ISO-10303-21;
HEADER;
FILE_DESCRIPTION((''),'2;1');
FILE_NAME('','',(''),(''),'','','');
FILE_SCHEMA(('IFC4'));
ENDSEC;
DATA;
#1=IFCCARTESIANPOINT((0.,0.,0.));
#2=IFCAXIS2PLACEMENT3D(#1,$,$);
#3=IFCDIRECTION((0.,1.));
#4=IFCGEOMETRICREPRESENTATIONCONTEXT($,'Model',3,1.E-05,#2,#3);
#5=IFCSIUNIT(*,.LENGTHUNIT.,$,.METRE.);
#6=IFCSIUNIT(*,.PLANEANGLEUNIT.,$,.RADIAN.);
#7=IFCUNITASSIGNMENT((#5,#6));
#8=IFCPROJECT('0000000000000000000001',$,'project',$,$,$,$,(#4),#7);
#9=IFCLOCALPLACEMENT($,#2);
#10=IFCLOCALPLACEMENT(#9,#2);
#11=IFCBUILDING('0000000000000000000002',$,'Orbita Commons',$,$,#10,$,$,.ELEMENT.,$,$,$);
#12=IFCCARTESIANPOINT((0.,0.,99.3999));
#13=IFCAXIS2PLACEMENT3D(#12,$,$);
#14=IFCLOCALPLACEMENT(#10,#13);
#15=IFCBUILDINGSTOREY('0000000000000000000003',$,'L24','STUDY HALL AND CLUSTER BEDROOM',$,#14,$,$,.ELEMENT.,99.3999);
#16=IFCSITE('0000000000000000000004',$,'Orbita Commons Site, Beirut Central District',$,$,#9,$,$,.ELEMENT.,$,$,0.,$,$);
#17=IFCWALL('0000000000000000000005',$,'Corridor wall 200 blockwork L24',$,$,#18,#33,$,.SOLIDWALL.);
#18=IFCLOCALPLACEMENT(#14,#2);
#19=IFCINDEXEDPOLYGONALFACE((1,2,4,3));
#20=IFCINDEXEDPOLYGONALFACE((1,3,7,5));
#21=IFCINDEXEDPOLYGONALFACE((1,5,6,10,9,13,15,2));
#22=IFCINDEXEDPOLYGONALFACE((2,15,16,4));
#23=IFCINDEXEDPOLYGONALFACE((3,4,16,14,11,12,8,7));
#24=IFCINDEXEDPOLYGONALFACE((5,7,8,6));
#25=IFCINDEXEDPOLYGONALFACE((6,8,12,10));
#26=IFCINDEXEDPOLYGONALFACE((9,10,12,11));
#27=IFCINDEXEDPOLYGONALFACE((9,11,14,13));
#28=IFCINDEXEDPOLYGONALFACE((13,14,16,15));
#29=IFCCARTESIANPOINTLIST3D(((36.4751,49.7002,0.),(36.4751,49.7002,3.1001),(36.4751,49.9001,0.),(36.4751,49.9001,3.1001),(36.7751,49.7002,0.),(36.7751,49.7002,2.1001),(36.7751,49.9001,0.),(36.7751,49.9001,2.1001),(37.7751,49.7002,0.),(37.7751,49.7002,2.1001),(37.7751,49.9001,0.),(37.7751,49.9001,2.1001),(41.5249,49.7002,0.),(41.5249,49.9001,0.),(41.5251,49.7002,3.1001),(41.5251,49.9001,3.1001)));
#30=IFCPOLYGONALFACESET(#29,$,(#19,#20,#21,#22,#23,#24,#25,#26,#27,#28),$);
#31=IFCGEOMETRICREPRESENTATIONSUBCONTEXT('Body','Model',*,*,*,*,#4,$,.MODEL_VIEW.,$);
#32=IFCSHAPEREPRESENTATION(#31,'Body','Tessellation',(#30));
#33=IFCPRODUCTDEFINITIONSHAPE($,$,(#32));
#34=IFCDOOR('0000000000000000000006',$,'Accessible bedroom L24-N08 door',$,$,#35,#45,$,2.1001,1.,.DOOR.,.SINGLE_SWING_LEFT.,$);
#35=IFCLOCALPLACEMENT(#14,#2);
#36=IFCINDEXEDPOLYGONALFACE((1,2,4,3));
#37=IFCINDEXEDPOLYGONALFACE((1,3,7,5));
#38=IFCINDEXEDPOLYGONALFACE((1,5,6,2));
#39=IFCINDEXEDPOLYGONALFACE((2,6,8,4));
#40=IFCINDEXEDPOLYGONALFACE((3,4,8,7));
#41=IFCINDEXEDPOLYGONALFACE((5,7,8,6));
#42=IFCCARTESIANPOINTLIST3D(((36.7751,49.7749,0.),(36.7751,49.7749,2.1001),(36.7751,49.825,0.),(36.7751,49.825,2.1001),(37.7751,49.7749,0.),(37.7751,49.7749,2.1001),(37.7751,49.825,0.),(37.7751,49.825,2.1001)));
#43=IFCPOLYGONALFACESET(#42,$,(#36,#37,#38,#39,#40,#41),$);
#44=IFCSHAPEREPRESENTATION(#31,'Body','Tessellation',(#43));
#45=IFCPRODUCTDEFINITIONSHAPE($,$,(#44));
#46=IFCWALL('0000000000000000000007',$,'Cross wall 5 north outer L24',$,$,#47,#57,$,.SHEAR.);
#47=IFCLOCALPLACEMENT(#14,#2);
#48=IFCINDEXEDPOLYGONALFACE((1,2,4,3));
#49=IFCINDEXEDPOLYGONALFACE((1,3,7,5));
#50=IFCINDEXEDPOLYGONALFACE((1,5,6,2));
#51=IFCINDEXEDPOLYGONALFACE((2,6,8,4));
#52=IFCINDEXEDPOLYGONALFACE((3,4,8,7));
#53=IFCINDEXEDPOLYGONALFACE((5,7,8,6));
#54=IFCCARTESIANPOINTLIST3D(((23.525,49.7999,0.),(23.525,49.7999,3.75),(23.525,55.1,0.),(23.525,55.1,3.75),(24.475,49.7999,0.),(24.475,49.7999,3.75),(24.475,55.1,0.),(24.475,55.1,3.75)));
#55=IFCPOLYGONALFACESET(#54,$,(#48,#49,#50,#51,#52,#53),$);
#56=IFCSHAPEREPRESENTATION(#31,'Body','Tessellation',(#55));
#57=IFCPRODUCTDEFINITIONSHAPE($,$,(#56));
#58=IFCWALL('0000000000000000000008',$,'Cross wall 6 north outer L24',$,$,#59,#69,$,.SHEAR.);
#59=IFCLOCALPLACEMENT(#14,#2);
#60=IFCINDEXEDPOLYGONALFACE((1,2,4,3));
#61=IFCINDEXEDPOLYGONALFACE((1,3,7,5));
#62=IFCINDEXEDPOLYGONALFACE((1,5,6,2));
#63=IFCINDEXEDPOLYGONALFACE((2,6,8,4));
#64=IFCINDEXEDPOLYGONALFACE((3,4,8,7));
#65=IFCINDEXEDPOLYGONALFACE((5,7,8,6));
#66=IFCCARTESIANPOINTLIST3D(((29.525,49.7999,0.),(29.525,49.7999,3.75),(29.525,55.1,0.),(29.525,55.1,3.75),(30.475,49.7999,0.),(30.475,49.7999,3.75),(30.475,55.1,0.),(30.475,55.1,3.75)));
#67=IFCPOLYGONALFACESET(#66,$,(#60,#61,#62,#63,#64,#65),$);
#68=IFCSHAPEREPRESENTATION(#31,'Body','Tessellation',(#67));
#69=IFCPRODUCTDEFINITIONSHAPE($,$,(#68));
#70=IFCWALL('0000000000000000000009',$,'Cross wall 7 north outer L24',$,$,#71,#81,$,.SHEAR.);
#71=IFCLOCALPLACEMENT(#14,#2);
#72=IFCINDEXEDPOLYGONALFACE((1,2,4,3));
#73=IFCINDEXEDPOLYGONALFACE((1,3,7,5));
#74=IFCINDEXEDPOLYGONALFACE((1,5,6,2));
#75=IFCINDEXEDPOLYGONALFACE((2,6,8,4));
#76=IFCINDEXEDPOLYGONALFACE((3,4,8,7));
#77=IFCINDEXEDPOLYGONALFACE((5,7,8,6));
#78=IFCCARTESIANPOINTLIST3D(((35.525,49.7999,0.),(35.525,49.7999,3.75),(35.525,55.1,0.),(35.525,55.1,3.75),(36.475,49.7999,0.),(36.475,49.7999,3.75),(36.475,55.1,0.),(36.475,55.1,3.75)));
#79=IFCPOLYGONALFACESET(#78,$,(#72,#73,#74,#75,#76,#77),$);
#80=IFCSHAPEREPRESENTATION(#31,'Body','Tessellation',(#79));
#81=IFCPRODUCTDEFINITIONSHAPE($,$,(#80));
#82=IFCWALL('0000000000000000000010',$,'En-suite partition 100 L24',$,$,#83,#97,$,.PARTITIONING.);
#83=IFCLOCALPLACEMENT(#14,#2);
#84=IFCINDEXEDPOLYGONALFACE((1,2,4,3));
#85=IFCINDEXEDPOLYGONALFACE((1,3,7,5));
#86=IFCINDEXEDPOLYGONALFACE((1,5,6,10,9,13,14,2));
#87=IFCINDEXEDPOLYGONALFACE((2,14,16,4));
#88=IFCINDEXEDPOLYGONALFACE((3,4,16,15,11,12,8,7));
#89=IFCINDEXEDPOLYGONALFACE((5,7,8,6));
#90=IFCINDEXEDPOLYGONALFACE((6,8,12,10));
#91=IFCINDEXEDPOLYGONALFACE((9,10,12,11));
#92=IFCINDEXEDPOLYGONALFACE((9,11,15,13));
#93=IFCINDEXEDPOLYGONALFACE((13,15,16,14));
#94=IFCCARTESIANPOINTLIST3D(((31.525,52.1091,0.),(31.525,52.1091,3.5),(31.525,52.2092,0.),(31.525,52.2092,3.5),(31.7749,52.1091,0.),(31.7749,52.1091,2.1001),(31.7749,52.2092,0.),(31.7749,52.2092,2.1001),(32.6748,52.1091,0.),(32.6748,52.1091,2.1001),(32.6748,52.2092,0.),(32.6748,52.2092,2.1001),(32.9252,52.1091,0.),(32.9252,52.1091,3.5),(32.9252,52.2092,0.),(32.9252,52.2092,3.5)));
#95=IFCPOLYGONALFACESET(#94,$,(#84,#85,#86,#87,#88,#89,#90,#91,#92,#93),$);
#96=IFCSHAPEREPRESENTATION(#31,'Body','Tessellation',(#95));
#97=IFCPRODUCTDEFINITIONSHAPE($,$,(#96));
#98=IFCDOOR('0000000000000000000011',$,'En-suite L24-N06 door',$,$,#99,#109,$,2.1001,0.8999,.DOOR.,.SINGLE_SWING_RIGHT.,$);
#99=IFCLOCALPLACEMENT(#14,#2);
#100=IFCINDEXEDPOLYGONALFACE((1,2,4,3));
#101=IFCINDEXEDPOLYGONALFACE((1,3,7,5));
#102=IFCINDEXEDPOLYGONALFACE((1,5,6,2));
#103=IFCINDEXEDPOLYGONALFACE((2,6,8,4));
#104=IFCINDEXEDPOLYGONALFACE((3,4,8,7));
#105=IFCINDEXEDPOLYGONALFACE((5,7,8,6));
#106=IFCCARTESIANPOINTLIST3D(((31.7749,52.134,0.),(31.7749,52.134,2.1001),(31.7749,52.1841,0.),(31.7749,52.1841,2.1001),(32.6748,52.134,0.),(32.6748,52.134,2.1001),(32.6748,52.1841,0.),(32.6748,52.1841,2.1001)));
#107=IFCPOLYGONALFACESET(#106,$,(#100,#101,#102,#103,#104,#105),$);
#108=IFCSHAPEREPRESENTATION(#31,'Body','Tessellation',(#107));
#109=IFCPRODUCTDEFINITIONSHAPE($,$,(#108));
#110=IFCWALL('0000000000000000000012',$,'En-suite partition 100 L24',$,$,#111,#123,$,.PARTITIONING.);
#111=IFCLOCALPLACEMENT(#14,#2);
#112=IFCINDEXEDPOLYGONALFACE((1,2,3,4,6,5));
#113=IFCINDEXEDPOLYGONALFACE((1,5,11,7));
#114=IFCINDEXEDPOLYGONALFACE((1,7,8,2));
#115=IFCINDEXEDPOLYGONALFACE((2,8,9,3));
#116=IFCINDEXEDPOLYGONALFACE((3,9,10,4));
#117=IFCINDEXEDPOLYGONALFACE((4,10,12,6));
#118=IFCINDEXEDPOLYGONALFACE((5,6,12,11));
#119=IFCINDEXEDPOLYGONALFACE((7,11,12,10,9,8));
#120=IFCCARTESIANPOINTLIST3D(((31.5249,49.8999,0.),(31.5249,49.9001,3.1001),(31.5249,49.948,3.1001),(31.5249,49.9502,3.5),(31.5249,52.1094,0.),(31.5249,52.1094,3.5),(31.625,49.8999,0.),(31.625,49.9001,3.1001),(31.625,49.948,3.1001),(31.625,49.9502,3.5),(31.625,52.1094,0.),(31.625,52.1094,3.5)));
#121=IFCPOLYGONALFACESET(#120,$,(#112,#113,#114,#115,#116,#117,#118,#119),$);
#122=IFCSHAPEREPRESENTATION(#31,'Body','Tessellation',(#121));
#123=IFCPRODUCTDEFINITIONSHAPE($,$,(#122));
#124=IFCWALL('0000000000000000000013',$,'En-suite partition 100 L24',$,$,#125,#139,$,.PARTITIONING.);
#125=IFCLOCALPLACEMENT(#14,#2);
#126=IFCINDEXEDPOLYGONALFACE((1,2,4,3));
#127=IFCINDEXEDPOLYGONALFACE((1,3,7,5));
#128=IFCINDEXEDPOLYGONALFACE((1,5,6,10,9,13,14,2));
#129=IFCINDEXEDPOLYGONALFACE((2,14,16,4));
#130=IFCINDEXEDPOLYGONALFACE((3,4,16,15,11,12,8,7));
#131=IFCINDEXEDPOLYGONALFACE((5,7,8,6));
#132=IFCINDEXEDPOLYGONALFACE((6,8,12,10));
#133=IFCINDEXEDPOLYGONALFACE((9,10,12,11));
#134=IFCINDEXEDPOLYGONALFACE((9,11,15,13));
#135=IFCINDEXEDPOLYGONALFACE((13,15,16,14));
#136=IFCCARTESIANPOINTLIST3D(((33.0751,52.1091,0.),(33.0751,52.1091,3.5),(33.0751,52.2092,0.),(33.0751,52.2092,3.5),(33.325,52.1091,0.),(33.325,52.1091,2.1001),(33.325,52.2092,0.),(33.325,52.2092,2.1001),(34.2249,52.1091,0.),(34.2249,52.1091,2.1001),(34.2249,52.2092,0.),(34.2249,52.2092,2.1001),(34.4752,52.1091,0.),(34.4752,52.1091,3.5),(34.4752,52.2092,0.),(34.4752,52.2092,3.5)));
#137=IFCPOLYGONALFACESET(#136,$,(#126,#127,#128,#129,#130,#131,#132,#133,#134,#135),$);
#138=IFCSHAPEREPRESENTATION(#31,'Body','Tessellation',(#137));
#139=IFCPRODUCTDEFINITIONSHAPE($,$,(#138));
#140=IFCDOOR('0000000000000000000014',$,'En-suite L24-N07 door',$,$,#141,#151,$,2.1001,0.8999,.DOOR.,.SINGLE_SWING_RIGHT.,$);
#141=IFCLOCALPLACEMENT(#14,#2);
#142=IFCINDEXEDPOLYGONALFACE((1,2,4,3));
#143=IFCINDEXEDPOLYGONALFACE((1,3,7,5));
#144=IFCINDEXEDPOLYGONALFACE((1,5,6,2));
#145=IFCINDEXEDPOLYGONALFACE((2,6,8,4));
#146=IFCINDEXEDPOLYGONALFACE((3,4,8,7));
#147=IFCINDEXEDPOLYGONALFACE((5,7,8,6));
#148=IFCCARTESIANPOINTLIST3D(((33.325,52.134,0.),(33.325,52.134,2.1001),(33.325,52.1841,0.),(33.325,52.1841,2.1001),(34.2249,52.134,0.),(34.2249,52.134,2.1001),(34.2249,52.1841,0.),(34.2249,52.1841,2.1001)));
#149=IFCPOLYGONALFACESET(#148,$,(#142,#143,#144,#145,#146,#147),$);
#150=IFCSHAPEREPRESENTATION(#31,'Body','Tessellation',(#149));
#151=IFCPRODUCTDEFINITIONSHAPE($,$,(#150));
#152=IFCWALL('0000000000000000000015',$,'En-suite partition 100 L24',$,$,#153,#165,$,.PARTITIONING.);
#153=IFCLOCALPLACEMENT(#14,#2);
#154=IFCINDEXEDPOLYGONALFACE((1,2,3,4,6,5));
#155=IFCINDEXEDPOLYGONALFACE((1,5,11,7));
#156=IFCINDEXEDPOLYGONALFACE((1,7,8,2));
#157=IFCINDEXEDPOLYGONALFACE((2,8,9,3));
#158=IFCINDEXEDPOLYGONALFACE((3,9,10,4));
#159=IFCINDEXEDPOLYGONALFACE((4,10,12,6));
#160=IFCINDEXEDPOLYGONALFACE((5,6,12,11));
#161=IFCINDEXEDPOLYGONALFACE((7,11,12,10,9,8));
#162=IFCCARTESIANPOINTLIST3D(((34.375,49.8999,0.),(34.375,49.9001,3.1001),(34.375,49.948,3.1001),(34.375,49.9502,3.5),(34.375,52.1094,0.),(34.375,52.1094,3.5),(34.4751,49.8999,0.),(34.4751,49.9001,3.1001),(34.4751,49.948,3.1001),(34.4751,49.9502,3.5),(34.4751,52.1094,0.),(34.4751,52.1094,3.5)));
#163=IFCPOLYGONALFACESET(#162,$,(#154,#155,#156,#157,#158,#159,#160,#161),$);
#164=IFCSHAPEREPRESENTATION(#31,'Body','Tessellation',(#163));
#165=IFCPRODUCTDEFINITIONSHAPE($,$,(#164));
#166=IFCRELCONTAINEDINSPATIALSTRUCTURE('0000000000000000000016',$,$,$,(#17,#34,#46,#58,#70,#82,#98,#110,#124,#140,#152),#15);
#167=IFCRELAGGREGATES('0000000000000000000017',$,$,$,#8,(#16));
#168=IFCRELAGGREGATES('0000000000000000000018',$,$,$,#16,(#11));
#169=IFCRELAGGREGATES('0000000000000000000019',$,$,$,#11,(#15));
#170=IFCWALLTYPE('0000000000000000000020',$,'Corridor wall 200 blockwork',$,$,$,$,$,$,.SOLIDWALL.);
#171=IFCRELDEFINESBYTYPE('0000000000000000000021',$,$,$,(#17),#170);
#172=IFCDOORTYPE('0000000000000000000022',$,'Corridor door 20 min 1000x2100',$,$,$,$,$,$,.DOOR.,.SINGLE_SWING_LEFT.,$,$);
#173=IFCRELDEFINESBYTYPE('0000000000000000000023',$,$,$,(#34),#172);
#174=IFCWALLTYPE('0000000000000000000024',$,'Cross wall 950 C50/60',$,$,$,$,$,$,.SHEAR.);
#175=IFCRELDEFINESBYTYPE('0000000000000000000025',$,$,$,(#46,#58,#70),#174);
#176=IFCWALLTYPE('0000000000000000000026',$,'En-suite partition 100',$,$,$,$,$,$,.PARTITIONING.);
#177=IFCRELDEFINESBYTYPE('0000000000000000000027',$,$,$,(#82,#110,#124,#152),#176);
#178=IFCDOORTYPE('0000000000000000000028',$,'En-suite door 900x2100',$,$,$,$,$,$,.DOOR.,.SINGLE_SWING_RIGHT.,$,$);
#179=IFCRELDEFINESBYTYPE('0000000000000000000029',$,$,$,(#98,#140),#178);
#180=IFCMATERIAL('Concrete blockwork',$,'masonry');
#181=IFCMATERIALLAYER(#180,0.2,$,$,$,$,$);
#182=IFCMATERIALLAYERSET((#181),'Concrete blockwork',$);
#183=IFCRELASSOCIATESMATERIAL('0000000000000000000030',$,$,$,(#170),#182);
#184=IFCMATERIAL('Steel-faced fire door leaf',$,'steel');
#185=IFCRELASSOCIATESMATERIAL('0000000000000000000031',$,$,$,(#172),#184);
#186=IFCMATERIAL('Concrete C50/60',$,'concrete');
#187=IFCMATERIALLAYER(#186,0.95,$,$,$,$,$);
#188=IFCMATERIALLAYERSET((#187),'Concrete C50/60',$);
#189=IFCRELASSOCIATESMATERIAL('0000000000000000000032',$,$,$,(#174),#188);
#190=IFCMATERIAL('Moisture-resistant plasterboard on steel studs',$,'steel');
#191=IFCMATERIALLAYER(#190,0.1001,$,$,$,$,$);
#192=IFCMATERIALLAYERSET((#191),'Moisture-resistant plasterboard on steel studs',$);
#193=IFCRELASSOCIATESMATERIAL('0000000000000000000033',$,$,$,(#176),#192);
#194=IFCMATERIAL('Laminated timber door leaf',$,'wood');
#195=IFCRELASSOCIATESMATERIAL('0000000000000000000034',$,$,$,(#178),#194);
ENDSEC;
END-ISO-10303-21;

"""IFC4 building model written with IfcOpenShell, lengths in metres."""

from ifc_helpers import new_model, si_unit, direction, frame, frame_2d, origin, place, context, subcontext, project, spatial, polyline, rectangle, outline, extrude, material, layer, layer_set, type_object, element, fill, save


model = new_model("IFC4")

# Units and contexts
model_context = context("Model", 3, precision=1e-05, world=origin(), true_north=direction((0.0, 1.0)))
body_context = subcontext(model_context, "Body", "Model", "MODEL_VIEW")
ifc_project = project(units=[si_unit("LENGTHUNIT", "METRE"), si_unit("PLANEANGLEUNIT", "RADIAN")], contexts=[model_context])

# Site, building, storey
site_placement = place(None, origin())
site = spatial("IfcSite", under=ifc_project, at=site_placement, Name="Orbita Commons Site, Beirut Central District", CompositionType="ELEMENT", RefElevation=0.0)
building_placement = place(site_placement, origin())
building = spatial("IfcBuilding", under=site, at=building_placement, Name="Orbita Commons", CompositionType="ELEMENT")
storey_placement = place(building_placement, frame((0.0, 0.0, 99.3999)))
storey = spatial("IfcBuildingStorey", under=building, at=storey_placement, Name="L24", Description="STUDY HALL AND CLUSTER BEDROOM", CompositionType="ELEMENT", Elevation=99.3999)

# Shared definitions
ifc_material_1 = material(Name="Concrete blockwork", Category="masonry")
ifc_layer_1 = layer(ifc_material_1, 0.2)
ifc_layer_set_1 = layer_set([ifc_layer_1], Name="Concrete blockwork")
wall_type_1 = type_object("IfcWallType", Name="Corridor wall 200 blockwork", PredefinedType="SOLIDWALL", material=ifc_layer_set_1)
ifc_material_2 = material(Name="Steel-faced fire door leaf", Category="steel")
door_type_1 = type_object("IfcDoorType", Name="Corridor door 20 min 1000x2100", OperationType="SINGLE_SWING_LEFT", PredefinedType="DOOR", material=ifc_material_2)

# Wall, opening, door
wall_1_placement = place(storey_placement, frame((36.4751, 49.8, 0.0), z_axis=(0.0, 0.0, 1.0), x_axis=(1.0, 0.0, 0.0)))
wall_1 = element("IfcWall", 1, at=wall_1_placement, inside=storey, type_object=wall_type_1, Name="Corridor wall 200 blockwork L24", PredefinedType="SOLIDWALL", context=body_context, shape_type="SweptSolid", body=[
    extrude(outline(polyline([(0.0, 0.0), (5.0498, 0.0), (5.05, 3.1001), (0.0, 3.1001), (0.0, 0.0)])), frame((0.0, 0.1001, 0.0), z_axis=(0.0, -1.0, 0.0), x_axis=(1.0, 0.0, 0.0)), (0.0, 0.0, 1.0), 0.2),
])
opening_1_placement = place(wall_1_placement, frame((0.3, 0.0, 0.0)))
opening_1 = element("IfcOpeningElement", 2, at=opening_1_placement, cuts=wall_1, PredefinedType="OPENING", context=body_context, shape_type="SweptSolid", body=[
    extrude(rectangle(XDim=1.0, YDim=2.1001, at=frame_2d((0.5, 1.05))), frame((0.0, 0.1099, 0.0), z_axis=(0.0, -1.0, 0.0), x_axis=(1.0, 0.0, 0.0)), (0.0, 0.0, 1.0), 0.22),
])
door_1_placement = place(opening_1_placement, origin())
door_1 = element("IfcDoor", 3, at=door_1_placement, inside=storey, type_object=door_type_1, Name="Accessible bedroom L24-N08 door", OperationType="SINGLE_SWING_LEFT", OverallHeight=2.1001, OverallWidth=1.0, PredefinedType="DOOR", context=body_context, shape_type="SweptSolid", body=[
    extrude(rectangle(XDim=1.0, YDim=2.1001, at=frame_2d((0.5, 1.05))), frame((0.0, 0.0249, 0.0), z_axis=(0.0, -1.0, 0.0), x_axis=(1.0, 0.0, 0.0)), (0.0, 0.0, 1.0), 0.05),
])
fill(opening_1, door_1)

# Walls
ifc_material_3 = material(Name="Concrete C50/60", Category="concrete")
ifc_layer_2 = layer(ifc_material_3, 0.95)
ifc_layer_set_2 = layer_set([ifc_layer_2], Name="Concrete C50/60")
wall_type_2 = type_object("IfcWallType", Name="Cross wall 950 C50/60", PredefinedType="SHEAR", material=ifc_layer_set_2)
for number, where, z_axis, x_axis, name in (
    (4, (24.0, 49.8, 0.0), (0.0, 0.0, 1.0), (0.0, 1.0, 0.0), "Cross wall 5 north outer L24"),
    (5, (30.0, 49.8, 0.0), (0.0, 0.0, 1.0), (0.0, 1.0, 0.0), "Cross wall 6 north outer L24"),
    (6, (36.0, 49.8, 0.0), (0.0, 0.0, 1.0), (0.0, 1.0, 0.0), "Cross wall 7 north outer L24"),
):
    element("IfcWall", number, at=place(storey_placement, frame(where, z_axis=z_axis, x_axis=x_axis)), inside=storey, type_object=wall_type_2, Name=name, PredefinedType="SHEAR", context=body_context, shape_type="SweptSolid", body=[
        extrude(rectangle(XDim=5.3, YDim=0.95, at=frame_2d((2.6499, 0.0))), origin(), (0.0, 0.0, 1.0), 3.75),
    ])

# Wall, opening, door
ifc_material_4 = material(Name="Moisture-resistant plasterboard on steel studs", Category="steel")
ifc_layer_3 = layer(ifc_material_4, 0.1001)
ifc_layer_set_3 = layer_set([ifc_layer_3], Name="Moisture-resistant plasterboard on steel studs")
wall_type_3 = type_object("IfcWallType", Name="En-suite partition 100", PredefinedType="PARTITIONING", material=ifc_layer_set_3)
wall_2_placement = place(storey_placement, frame((31.5249, 52.1592, 0.0), z_axis=(0.0, 0.0, 1.0), x_axis=(1.0, 0.0, 0.0)))
wall_2 = element("IfcWall", 7, at=wall_2_placement, inside=storey, type_object=wall_type_3, Name="En-suite partition 100 L24", PredefinedType="PARTITIONING", context=body_context, shape_type="SweptSolid", body=[
    extrude(rectangle(XDim=1.4001, YDim=0.1001, at=frame_2d((0.7002, 0.0))), origin(), (0.0, 0.0, 1.0), 3.5),
])
opening_2_placement = place(wall_2_placement, frame((0.25, 0.0, 0.0)))
opening_2 = element("IfcOpeningElement", 8, at=opening_2_placement, cuts=wall_2, PredefinedType="OPENING", context=body_context, shape_type="SweptSolid", body=[
    extrude(rectangle(XDim=0.8999, YDim=2.1001, at=frame_2d((0.45, 1.05))), frame((0.0, 0.0601, 0.0), z_axis=(0.0, -1.0, 0.0), x_axis=(1.0, 0.0, 0.0)), (0.0, 0.0, 1.0), 0.1201),
])
ifc_material_5 = material(Name="Laminated timber door leaf", Category="wood")
door_type_2 = type_object("IfcDoorType", Name="En-suite door 900x2100", OperationType="SINGLE_SWING_RIGHT", PredefinedType="DOOR", material=ifc_material_5)
door_2_placement = place(opening_2_placement, origin())
door_2 = element("IfcDoor", 9, at=door_2_placement, inside=storey, type_object=door_type_2, Name="En-suite L24-N06 door", OperationType="SINGLE_SWING_RIGHT", OverallHeight=2.1001, OverallWidth=0.8999, PredefinedType="DOOR", context=body_context, shape_type="SweptSolid", body=[
    extrude(rectangle(XDim=0.8999, YDim=2.1001, at=frame_2d((0.45, 1.05))), frame((0.0, 0.0249, 0.0), z_axis=(0.0, -1.0, 0.0), x_axis=(1.0, 0.0, 0.0)), (0.0, 0.0, 1.0), 0.05),
])
fill(opening_2, door_2)

# Wall
wall_3_placement = place(storey_placement, frame((31.575, 52.1094, 0.0), z_axis=(0.0, 0.0, 1.0), x_axis=(0.0, -1.0, 0.0)))
element("IfcWall", 10, at=wall_3_placement, inside=storey, type_object=wall_type_3, Name="En-suite partition 100 L24", PredefinedType="PARTITIONING", context=body_context, shape_type="SweptSolid", body=[
    extrude(outline(polyline([(0.0, 0.0), (2.2095, 0.0), (2.2092, 3.1001), (2.1614, 3.1001), (2.1592, 3.5), (0.0, 3.5), (0.0, 0.0)])), frame((0.0, 0.05, 0.0), z_axis=(0.0, -1.0, 0.0), x_axis=(1.0, 0.0, 0.0)), (0.0, 0.0, 1.0), 0.1001),
])

# Wall, opening, door
wall_4_placement = place(storey_placement, frame((33.075, 52.1592, 0.0), z_axis=(0.0, 0.0, 1.0), x_axis=(1.0, 0.0, 0.0)))
wall_4 = element("IfcWall", 11, at=wall_4_placement, inside=storey, type_object=wall_type_3, Name="En-suite partition 100 L24", PredefinedType="PARTITIONING", context=body_context, shape_type="SweptSolid", body=[
    extrude(rectangle(XDim=1.4001, YDim=0.1001, at=frame_2d((0.7002, 0.0))), origin(), (0.0, 0.0, 1.0), 3.5),
])
opening_3_placement = place(wall_4_placement, frame((0.25, 0.0, 0.0)))
opening_3 = element("IfcOpeningElement", 12, at=opening_3_placement, cuts=wall_4, PredefinedType="OPENING", context=body_context, shape_type="SweptSolid", body=[
    extrude(rectangle(XDim=0.8999, YDim=2.1001, at=frame_2d((0.45, 1.05))), frame((0.0, 0.0601, 0.0), z_axis=(0.0, -1.0, 0.0), x_axis=(1.0, 0.0, 0.0)), (0.0, 0.0, 1.0), 0.1201),
])
door_3_placement = place(opening_3_placement, origin())
door_3 = element("IfcDoor", 13, at=door_3_placement, inside=storey, type_object=door_type_2, Name="En-suite L24-N07 door", OperationType="SINGLE_SWING_RIGHT", OverallHeight=2.1001, OverallWidth=0.8999, PredefinedType="DOOR", context=body_context, shape_type="SweptSolid", body=[
    extrude(rectangle(XDim=0.8999, YDim=2.1001, at=frame_2d((0.45, 1.05))), frame((0.0, 0.0249, 0.0), z_axis=(0.0, -1.0, 0.0), x_axis=(1.0, 0.0, 0.0)), (0.0, 0.0, 1.0), 0.05),
])
fill(opening_3, door_3)

# Wall
wall_5_placement = place(storey_placement, frame((34.425, 52.1094, 0.0), z_axis=(0.0, 0.0, 1.0), x_axis=(0.0, -1.0, 0.0)))
element("IfcWall", 14, at=wall_5_placement, inside=storey, type_object=wall_type_3, Name="En-suite partition 100 L24", PredefinedType="PARTITIONING", context=body_context, shape_type="SweptSolid", body=[
    extrude(outline(polyline([(0.0, 0.0), (2.2095, 0.0), (2.2092, 3.1001), (2.1614, 3.1001), (2.1592, 3.5), (0.0, 3.5), (0.0, 0.0)])), frame((0.0, 0.05, 0.0), z_axis=(0.0, -1.0, 0.0), x_axis=(1.0, 0.0, 0.0)), (0.0, 0.0, 1.0), 0.1001),
])

save(model, "model.ifc")
